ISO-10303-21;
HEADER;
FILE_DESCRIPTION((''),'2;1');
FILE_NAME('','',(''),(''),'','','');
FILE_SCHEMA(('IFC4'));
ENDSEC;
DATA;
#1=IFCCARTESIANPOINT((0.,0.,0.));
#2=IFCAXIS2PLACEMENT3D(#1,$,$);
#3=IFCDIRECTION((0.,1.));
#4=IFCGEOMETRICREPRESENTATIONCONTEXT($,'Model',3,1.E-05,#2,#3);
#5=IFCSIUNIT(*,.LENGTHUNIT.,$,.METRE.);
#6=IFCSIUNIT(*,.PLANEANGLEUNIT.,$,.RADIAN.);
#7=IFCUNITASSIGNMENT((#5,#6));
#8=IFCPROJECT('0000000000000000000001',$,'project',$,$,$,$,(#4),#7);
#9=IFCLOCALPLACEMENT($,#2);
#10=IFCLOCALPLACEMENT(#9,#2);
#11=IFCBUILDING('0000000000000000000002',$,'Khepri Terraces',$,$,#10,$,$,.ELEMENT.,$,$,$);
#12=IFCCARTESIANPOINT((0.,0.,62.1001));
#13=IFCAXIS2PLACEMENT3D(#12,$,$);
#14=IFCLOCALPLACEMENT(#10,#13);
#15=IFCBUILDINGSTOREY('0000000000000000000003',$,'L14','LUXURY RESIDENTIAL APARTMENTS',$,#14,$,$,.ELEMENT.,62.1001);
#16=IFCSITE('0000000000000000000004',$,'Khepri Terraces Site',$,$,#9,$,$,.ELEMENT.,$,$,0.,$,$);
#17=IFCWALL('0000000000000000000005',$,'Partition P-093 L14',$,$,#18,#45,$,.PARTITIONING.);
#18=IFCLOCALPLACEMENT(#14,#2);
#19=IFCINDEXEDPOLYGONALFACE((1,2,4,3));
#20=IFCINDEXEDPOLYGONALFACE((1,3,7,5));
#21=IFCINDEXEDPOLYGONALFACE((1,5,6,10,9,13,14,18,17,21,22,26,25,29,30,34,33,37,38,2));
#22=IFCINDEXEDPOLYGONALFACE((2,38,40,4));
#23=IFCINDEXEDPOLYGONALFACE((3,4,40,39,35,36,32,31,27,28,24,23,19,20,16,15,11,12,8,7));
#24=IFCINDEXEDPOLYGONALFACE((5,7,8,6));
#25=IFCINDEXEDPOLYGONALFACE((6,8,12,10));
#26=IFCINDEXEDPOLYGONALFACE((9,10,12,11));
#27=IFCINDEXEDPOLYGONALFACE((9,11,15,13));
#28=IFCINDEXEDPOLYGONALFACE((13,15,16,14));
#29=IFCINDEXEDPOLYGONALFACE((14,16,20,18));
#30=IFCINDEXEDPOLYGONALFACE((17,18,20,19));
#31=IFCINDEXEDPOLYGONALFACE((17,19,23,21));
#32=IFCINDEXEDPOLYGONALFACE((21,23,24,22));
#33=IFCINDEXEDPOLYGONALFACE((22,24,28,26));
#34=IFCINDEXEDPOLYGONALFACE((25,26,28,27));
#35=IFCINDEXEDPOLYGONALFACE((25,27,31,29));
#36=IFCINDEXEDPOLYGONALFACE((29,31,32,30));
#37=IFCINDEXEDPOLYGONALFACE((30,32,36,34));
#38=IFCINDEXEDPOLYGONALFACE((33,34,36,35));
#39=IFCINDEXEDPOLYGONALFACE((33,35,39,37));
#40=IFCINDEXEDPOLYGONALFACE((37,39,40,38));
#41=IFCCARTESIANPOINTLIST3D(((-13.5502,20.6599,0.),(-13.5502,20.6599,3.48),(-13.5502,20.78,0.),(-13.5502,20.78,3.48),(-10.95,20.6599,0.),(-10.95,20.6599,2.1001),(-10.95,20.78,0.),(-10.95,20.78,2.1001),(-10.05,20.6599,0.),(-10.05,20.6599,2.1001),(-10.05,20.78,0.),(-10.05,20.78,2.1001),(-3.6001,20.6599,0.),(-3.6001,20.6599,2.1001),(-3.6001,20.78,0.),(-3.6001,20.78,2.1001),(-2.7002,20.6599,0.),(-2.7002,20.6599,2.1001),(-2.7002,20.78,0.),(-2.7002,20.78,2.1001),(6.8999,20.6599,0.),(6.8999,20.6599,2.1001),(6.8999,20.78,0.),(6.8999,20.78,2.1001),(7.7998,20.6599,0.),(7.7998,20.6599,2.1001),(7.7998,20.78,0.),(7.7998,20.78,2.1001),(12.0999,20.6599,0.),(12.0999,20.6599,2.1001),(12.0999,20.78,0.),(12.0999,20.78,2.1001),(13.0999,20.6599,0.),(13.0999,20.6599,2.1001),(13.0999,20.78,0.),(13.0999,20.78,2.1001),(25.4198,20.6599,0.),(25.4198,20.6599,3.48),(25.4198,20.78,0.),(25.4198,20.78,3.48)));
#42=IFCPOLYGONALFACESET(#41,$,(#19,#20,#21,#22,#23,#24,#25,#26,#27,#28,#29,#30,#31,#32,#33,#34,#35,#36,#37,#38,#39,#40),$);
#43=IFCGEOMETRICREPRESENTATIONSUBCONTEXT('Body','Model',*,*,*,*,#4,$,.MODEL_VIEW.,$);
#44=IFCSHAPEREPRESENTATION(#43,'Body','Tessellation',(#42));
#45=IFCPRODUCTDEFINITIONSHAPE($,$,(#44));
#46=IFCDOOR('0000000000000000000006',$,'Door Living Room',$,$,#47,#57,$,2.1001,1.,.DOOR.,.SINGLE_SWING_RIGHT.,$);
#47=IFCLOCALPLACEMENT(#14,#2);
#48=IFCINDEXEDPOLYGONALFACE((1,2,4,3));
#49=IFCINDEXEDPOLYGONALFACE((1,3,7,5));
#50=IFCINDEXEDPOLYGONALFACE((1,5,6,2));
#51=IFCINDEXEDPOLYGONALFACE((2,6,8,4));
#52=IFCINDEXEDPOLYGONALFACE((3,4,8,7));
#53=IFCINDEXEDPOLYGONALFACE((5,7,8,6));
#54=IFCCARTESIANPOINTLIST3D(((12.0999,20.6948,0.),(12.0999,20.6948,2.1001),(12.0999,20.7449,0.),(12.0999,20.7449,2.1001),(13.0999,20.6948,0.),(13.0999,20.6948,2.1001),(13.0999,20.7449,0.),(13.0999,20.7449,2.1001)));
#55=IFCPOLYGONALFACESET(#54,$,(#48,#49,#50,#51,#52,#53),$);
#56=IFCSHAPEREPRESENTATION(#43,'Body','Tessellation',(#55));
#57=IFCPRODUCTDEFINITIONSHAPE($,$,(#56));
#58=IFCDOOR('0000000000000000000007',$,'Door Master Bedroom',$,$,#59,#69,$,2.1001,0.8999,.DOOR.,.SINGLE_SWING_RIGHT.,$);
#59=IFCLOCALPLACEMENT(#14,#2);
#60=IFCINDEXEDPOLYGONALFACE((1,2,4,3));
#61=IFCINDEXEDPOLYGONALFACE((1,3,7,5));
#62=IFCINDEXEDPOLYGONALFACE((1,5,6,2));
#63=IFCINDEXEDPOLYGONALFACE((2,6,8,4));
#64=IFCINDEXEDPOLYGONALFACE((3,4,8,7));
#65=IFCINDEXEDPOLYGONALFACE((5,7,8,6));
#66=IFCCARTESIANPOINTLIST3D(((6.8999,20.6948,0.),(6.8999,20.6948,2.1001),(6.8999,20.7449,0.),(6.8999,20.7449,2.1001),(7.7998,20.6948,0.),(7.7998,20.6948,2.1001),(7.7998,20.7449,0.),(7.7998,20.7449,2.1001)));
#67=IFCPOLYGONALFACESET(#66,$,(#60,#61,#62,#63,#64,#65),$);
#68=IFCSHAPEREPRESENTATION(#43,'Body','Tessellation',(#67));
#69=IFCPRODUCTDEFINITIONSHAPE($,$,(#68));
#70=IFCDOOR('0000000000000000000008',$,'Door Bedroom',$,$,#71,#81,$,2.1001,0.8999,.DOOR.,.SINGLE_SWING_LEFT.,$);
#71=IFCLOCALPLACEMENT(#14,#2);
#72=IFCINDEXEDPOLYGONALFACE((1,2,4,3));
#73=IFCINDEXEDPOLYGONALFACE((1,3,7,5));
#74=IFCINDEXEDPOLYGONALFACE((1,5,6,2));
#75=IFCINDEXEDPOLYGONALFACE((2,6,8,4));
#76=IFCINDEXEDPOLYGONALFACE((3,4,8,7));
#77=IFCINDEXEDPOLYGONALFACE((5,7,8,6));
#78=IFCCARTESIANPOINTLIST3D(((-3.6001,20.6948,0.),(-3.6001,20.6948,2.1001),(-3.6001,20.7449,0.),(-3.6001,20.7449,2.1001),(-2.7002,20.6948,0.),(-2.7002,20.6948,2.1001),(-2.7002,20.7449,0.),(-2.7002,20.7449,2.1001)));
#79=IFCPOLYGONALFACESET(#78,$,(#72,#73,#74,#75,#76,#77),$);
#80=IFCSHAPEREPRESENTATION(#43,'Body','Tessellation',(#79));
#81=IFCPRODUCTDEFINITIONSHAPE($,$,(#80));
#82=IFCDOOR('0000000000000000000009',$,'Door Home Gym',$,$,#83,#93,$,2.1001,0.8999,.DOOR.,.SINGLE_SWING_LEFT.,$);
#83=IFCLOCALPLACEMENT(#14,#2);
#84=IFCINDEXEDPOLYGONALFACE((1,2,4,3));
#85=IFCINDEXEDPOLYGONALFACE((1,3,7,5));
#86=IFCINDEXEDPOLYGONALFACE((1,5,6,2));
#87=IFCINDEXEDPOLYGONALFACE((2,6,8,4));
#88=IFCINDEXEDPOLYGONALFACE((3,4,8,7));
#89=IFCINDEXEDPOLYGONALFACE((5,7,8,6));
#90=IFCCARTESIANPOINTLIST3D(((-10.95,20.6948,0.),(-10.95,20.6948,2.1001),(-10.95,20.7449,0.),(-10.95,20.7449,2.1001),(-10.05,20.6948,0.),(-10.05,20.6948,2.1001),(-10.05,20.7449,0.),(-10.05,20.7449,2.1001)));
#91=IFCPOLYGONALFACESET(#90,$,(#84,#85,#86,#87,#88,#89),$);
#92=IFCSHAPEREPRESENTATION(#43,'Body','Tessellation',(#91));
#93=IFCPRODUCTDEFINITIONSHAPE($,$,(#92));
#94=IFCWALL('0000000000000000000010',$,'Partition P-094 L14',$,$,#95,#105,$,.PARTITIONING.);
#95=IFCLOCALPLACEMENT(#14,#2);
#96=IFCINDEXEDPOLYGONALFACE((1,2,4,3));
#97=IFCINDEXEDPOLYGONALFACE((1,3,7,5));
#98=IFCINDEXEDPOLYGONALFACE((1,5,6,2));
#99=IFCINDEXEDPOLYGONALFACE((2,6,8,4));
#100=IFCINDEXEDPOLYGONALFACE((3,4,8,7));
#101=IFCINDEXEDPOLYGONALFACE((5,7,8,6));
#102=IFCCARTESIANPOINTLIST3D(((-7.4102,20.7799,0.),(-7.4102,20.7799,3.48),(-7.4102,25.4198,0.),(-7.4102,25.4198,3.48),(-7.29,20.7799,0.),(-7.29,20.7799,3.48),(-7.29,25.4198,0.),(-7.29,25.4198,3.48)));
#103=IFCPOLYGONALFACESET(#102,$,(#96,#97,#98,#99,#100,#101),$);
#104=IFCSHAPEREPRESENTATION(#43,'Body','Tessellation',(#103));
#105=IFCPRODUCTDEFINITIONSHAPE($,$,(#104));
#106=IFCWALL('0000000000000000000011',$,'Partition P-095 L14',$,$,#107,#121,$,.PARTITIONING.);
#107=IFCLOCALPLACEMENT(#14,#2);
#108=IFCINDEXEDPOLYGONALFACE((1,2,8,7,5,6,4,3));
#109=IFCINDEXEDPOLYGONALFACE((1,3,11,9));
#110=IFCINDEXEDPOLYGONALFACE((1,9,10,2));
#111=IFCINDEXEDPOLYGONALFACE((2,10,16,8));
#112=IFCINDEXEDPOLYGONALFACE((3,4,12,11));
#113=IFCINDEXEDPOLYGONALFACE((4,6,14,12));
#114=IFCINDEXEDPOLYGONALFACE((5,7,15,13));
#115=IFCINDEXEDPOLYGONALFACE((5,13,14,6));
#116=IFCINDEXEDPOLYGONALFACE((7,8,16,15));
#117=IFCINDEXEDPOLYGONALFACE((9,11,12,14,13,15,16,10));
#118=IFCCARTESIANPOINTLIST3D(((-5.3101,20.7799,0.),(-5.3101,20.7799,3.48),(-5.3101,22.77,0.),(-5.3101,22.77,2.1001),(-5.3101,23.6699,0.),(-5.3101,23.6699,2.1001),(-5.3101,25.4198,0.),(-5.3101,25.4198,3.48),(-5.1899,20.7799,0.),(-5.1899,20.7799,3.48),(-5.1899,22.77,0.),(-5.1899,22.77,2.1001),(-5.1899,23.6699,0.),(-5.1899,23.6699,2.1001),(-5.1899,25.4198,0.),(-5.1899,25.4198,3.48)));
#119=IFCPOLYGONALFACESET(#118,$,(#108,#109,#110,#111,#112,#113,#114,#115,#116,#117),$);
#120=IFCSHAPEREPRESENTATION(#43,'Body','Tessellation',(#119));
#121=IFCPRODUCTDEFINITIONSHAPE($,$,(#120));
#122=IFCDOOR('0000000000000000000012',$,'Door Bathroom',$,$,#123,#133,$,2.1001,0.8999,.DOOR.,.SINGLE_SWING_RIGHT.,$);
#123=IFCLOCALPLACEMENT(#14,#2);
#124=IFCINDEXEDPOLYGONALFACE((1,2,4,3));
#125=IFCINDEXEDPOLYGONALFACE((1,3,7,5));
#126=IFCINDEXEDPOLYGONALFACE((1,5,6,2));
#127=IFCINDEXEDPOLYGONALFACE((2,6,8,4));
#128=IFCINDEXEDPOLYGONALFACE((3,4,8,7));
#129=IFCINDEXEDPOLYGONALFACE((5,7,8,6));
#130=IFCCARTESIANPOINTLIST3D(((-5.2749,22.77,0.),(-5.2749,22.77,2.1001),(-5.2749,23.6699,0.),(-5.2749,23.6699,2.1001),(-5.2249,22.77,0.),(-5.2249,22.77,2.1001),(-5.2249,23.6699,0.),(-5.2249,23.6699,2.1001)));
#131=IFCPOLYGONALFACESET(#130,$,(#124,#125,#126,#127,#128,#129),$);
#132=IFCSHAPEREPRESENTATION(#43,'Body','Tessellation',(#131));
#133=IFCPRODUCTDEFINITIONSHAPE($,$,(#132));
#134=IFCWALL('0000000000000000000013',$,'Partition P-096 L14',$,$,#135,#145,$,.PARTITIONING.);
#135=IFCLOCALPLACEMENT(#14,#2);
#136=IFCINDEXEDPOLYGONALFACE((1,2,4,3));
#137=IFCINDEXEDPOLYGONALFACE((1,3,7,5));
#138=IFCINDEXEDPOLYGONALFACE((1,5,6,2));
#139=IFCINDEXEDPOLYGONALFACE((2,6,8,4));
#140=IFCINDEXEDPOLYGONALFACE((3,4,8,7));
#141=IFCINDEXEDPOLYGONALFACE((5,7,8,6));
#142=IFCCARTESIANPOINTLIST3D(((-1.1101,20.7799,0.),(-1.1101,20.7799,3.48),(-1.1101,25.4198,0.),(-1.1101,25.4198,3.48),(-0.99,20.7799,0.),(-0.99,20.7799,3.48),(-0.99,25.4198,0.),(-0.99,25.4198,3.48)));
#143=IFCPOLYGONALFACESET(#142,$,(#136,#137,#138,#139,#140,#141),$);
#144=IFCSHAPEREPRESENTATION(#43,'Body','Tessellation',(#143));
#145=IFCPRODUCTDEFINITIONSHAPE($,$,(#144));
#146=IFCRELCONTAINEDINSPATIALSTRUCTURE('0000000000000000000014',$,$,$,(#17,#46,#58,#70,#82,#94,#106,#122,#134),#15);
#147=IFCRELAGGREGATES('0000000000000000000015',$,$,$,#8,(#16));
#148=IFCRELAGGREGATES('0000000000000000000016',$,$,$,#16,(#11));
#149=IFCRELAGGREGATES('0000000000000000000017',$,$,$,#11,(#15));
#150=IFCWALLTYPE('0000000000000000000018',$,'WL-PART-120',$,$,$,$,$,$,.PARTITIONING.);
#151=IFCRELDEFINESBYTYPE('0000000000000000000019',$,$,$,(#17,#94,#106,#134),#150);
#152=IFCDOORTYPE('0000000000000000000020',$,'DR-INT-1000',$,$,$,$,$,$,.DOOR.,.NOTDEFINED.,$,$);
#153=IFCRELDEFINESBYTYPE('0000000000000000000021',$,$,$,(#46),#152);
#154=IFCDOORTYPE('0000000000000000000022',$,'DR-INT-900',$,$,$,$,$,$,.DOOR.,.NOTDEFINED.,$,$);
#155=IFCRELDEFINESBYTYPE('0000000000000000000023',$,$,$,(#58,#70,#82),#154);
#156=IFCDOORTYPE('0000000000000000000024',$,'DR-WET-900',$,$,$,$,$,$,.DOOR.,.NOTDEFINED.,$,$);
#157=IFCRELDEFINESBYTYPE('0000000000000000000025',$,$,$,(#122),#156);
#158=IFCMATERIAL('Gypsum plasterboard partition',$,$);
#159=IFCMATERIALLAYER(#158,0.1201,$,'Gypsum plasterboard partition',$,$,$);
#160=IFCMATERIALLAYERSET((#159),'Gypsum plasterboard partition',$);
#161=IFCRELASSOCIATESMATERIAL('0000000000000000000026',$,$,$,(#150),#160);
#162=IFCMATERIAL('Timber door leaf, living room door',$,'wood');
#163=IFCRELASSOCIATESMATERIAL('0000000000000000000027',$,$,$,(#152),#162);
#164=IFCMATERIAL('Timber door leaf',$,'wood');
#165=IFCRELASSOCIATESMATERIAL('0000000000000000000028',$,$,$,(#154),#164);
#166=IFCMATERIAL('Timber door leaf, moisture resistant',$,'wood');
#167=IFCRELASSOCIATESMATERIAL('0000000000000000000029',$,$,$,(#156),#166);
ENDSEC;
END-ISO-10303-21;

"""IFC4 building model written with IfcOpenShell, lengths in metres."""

from ifc_helpers import new_model, si_unit, direction, frame, frame_2d, origin, place, context, subcontext, project, spatial, rectangle, extrude, material, layer, layer_set, type_object, element, fill, save


model = new_model("IFC4")

# Units and contexts
model_context = context("Model", 3, precision=1e-05, world=origin(), true_north=direction((0.0, 1.0)))
body_context = subcontext(model_context, "Body", "Model", "MODEL_VIEW")
ifc_project = project(units=[si_unit("LENGTHUNIT", "METRE"), si_unit("PLANEANGLEUNIT", "RADIAN")], contexts=[model_context])

# Site, building, storey
site_placement = place(None, origin())
site = spatial("IfcSite", under=ifc_project, at=site_placement, Name="Khepri Terraces Site", CompositionType="ELEMENT", RefElevation=0.0)
building_placement = place(site_placement, origin())
building = spatial("IfcBuilding", under=site, at=building_placement, Name="Khepri Terraces", CompositionType="ELEMENT")
storey_placement = place(building_placement, frame((0.0, 0.0, 62.1001)))
storey = spatial("IfcBuildingStorey", under=building, at=storey_placement, Name="L14", Description="LUXURY RESIDENTIAL APARTMENTS", CompositionType="ELEMENT", Elevation=62.1001)

# Shared definitions
ifc_material_1 = material(Name="Gypsum plasterboard partition")
ifc_layer_1 = layer(ifc_material_1, 0.1201, Name="Gypsum plasterboard partition")
ifc_layer_set_1 = layer_set([ifc_layer_1], Name="Gypsum plasterboard partition")
wall_type_1 = type_object("IfcWallType", Name="WL-PART-120", PredefinedType="PARTITIONING", material=ifc_layer_set_1)

# Wall, openings, doors
wall_1_placement = place(storey_placement, frame((-13.55, 20.72, 0.0), z_axis=(0.0, 0.0, 1.0), x_axis=(1.0, 0.0, 0.0)))
wall_1 = element("IfcWall", 1, at=wall_1_placement, inside=storey, type_object=wall_type_1, Name="Partition P-093 L14", PredefinedType="PARTITIONING", context=body_context, shape_type="SweptSolid", body=[
    extrude(rectangle(XDim=38.97, YDim=0.1201, at=frame_2d((19.4849, 0.0))), origin(), (0.0, 0.0, 1.0), 3.48),
])
opening_1_placement = place(wall_1_placement, frame((25.6499, 0.0, 0.0)))
opening_1 = element("IfcOpeningElement", 2, at=opening_1_placement, cuts=wall_1, PredefinedType="OPENING", context=body_context, shape_type="SweptSolid", body=[
    extrude(rectangle(XDim=1.0, YDim=2.1001, at=frame_2d((0.5, 1.05))), frame((0.0, 0.0701, 0.0), z_axis=(0.0, -1.0, 0.0), x_axis=(1.0, 0.0, 0.0)), (0.0, 0.0, 1.0), 0.1401),
])
opening_2_placement = place(wall_1_placement, frame((20.45, 0.0, 0.0)))
opening_2 = element("IfcOpeningElement", 3, at=opening_2_placement, cuts=wall_1, PredefinedType="OPENING", context=body_context, shape_type="SweptSolid", body=[
    extrude(rectangle(XDim=0.8999, YDim=2.1001, at=frame_2d((0.45, 1.05))), frame((0.0, 0.0701, 0.0), z_axis=(0.0, -1.0, 0.0), x_axis=(1.0, 0.0, 0.0)), (0.0, 0.0, 1.0), 0.1401),
])
opening_3_placement = place(wall_1_placement, frame((9.95, 0.0, 0.0)))
opening_3 = element("IfcOpeningElement", 4, at=opening_3_placement, cuts=wall_1, PredefinedType="OPENING", context=body_context, shape_type="SweptSolid", body=[
    extrude(rectangle(XDim=0.8999, YDim=2.1001, at=frame_2d((0.45, 1.05))), frame((0.0, 0.0701, 0.0), z_axis=(0.0, -1.0, 0.0), x_axis=(1.0, 0.0, 0.0)), (0.0, 0.0, 1.0), 0.1401),
])
opening_4_placement = place(wall_1_placement, frame((2.6001, 0.0, 0.0)))
opening_4 = element("IfcOpeningElement", 5, at=opening_4_placement, cuts=wall_1, PredefinedType="OPENING", context=body_context, shape_type="SweptSolid", body=[
    extrude(rectangle(XDim=0.8999, YDim=2.1001, at=frame_2d((0.45, 1.05))), frame((0.0, 0.0701, 0.0), z_axis=(0.0, -1.0, 0.0), x_axis=(1.0, 0.0, 0.0)), (0.0, 0.0, 1.0), 0.1401),
])
ifc_material_2 = material(Name="Timber door leaf, living room door", Category="wood")
door_type_1 = type_object("IfcDoorType", Name="DR-INT-1000", OperationType="NOTDEFINED", PredefinedType="DOOR", material=ifc_material_2)
door_1_placement = place(opening_1_placement, origin())
door_1 = element("IfcDoor", 6, at=door_1_placement, inside=storey, type_object=door_type_1, Name="Door Living Room", OperationType="SINGLE_SWING_RIGHT", OverallHeight=2.1001, OverallWidth=1.0, PredefinedType="DOOR", context=body_context, shape_type="SweptSolid", body=[
    extrude(rectangle(XDim=1.0, YDim=2.1001, at=frame_2d((0.5, 1.05))), frame((0.0, 0.0249, 0.0), z_axis=(0.0, -1.0, 0.0), x_axis=(1.0, 0.0, 0.0)), (0.0, 0.0, 1.0), 0.05),
])
fill(opening_1, door_1)
ifc_material_3 = material(Name="Timber door leaf", Category="wood")
door_type_2 = type_object("IfcDoorType", Name="DR-INT-900", OperationType="NOTDEFINED", PredefinedType="DOOR", material=ifc_material_3)
door_2_placement = place(opening_2_placement, origin())
door_2 = element("IfcDoor", 7, at=door_2_placement, inside=storey, type_object=door_type_2, Name="Door Master Bedroom", OperationType="SINGLE_SWING_RIGHT", OverallHeight=2.1001, OverallWidth=0.8999, PredefinedType="DOOR", context=body_context, shape_type="SweptSolid", body=[
    extrude(rectangle(XDim=0.8999, YDim=2.1001, at=frame_2d((0.45, 1.05))), frame((0.0, 0.0249, 0.0), z_axis=(0.0, -1.0, 0.0), x_axis=(1.0, 0.0, 0.0)), (0.0, 0.0, 1.0), 0.05),
])
fill(opening_2, door_2)
door_3_placement = place(opening_3_placement, origin())
door_3 = element("IfcDoor", 8, at=door_3_placement, inside=storey, type_object=door_type_2, Name="Door Bedroom", OperationType="SINGLE_SWING_LEFT", OverallHeight=2.1001, OverallWidth=0.8999, PredefinedType="DOOR", context=body_context, shape_type="SweptSolid", body=[
    extrude(rectangle(XDim=0.8999, YDim=2.1001, at=frame_2d((0.45, 1.05))), frame((0.0, 0.0249, 0.0), z_axis=(0.0, -1.0, 0.0), x_axis=(1.0, 0.0, 0.0)), (0.0, 0.0, 1.0), 0.05),
])
fill(opening_3, door_3)
door_4_placement = place(opening_4_placement, origin())
door_4 = element("IfcDoor", 9, at=door_4_placement, inside=storey, type_object=door_type_2, Name="Door Home Gym", OperationType="SINGLE_SWING_LEFT", OverallHeight=2.1001, OverallWidth=0.8999, PredefinedType="DOOR", context=body_context, shape_type="SweptSolid", body=[
    extrude(rectangle(XDim=0.8999, YDim=2.1001, at=frame_2d((0.45, 1.05))), frame((0.0, 0.0249, 0.0), z_axis=(0.0, -1.0, 0.0), x_axis=(1.0, 0.0, 0.0)), (0.0, 0.0, 1.0), 0.05),
])
fill(opening_4, door_4)

# Wall
wall_2_placement = place(storey_placement, frame((-7.3501, 20.78, 0.0), z_axis=(0.0, 0.0, 1.0), x_axis=(0.0, 1.0, 0.0)))
element("IfcWall", 10, at=wall_2_placement, inside=storey, type_object=wall_type_1, Name="Partition P-094 L14", PredefinedType="PARTITIONING", context=body_context, shape_type="SweptSolid", body=[
    extrude(rectangle(XDim=4.6399, YDim=0.1201, at=frame_2d((2.3198, 0.0))), origin(), (0.0, 0.0, 1.0), 3.48),
])

# Wall, opening, door
wall_3_placement = place(storey_placement, frame((-5.25, 20.78, 0.0), z_axis=(0.0, 0.0, 1.0), x_axis=(0.0, 1.0, 0.0)))
wall_3 = element("IfcWall", 11, at=wall_3_placement, inside=storey, type_object=wall_type_1, Name="Partition P-095 L14", PredefinedType="PARTITIONING", context=body_context, shape_type="SweptSolid", body=[
    extrude(rectangle(XDim=4.6399, YDim=0.1201, at=frame_2d((2.3198, 0.0))), origin(), (0.0, 0.0, 1.0), 3.48),
])
opening_5_placement = place(wall_3_placement, frame((1.99, 0.0, 0.0)))
opening_5 = element("IfcOpeningElement", 12, at=opening_5_placement, cuts=wall_3, PredefinedType="OPENING", context=body_context, shape_type="SweptSolid", body=[
    extrude(rectangle(XDim=0.8999, YDim=2.1001, at=frame_2d((0.45, 1.05))), frame((0.0, 0.0701, 0.0), z_axis=(0.0, -1.0, 0.0), x_axis=(1.0, 0.0, 0.0)), (0.0, 0.0, 1.0), 0.1401),
])
ifc_material_4 = material(Name="Timber door leaf, moisture resistant", Category="wood")
door_type_3 = type_object("IfcDoorType", Name="DR-WET-900", OperationType="NOTDEFINED", PredefinedType="DOOR", material=ifc_material_4)
door_5_placement = place(opening_5_placement, origin())
door_5 = element("IfcDoor", 13, at=door_5_placement, inside=storey, type_object=door_type_3, Name="Door Bathroom", OperationType="SINGLE_SWING_RIGHT", OverallHeight=2.1001, OverallWidth=0.8999, PredefinedType="DOOR", context=body_context, shape_type="SweptSolid", body=[
    extrude(rectangle(XDim=0.8999, YDim=2.1001, at=frame_2d((0.45, 1.05))), frame((0.0, 0.0249, 0.0), z_axis=(0.0, -1.0, 0.0), x_axis=(1.0, 0.0, 0.0)), (0.0, 0.0, 1.0), 0.05),
])
fill(opening_5, door_5)

# Wall
wall_4_placement = place(storey_placement, frame((-1.05, 20.78, 0.0), z_axis=(0.0, 0.0, 1.0), x_axis=(0.0, 1.0, 0.0)))
element("IfcWall", 14, at=wall_4_placement, inside=storey, type_object=wall_type_1, Name="Partition P-096 L14", PredefinedType="PARTITIONING", context=body_context, shape_type="SweptSolid", body=[
    extrude(rectangle(XDim=4.6399, YDim=0.1201, at=frame_2d((2.3198, 0.0))), origin(), (0.0, 0.0, 1.0), 3.48),
])

save(model, "model.ifc")
